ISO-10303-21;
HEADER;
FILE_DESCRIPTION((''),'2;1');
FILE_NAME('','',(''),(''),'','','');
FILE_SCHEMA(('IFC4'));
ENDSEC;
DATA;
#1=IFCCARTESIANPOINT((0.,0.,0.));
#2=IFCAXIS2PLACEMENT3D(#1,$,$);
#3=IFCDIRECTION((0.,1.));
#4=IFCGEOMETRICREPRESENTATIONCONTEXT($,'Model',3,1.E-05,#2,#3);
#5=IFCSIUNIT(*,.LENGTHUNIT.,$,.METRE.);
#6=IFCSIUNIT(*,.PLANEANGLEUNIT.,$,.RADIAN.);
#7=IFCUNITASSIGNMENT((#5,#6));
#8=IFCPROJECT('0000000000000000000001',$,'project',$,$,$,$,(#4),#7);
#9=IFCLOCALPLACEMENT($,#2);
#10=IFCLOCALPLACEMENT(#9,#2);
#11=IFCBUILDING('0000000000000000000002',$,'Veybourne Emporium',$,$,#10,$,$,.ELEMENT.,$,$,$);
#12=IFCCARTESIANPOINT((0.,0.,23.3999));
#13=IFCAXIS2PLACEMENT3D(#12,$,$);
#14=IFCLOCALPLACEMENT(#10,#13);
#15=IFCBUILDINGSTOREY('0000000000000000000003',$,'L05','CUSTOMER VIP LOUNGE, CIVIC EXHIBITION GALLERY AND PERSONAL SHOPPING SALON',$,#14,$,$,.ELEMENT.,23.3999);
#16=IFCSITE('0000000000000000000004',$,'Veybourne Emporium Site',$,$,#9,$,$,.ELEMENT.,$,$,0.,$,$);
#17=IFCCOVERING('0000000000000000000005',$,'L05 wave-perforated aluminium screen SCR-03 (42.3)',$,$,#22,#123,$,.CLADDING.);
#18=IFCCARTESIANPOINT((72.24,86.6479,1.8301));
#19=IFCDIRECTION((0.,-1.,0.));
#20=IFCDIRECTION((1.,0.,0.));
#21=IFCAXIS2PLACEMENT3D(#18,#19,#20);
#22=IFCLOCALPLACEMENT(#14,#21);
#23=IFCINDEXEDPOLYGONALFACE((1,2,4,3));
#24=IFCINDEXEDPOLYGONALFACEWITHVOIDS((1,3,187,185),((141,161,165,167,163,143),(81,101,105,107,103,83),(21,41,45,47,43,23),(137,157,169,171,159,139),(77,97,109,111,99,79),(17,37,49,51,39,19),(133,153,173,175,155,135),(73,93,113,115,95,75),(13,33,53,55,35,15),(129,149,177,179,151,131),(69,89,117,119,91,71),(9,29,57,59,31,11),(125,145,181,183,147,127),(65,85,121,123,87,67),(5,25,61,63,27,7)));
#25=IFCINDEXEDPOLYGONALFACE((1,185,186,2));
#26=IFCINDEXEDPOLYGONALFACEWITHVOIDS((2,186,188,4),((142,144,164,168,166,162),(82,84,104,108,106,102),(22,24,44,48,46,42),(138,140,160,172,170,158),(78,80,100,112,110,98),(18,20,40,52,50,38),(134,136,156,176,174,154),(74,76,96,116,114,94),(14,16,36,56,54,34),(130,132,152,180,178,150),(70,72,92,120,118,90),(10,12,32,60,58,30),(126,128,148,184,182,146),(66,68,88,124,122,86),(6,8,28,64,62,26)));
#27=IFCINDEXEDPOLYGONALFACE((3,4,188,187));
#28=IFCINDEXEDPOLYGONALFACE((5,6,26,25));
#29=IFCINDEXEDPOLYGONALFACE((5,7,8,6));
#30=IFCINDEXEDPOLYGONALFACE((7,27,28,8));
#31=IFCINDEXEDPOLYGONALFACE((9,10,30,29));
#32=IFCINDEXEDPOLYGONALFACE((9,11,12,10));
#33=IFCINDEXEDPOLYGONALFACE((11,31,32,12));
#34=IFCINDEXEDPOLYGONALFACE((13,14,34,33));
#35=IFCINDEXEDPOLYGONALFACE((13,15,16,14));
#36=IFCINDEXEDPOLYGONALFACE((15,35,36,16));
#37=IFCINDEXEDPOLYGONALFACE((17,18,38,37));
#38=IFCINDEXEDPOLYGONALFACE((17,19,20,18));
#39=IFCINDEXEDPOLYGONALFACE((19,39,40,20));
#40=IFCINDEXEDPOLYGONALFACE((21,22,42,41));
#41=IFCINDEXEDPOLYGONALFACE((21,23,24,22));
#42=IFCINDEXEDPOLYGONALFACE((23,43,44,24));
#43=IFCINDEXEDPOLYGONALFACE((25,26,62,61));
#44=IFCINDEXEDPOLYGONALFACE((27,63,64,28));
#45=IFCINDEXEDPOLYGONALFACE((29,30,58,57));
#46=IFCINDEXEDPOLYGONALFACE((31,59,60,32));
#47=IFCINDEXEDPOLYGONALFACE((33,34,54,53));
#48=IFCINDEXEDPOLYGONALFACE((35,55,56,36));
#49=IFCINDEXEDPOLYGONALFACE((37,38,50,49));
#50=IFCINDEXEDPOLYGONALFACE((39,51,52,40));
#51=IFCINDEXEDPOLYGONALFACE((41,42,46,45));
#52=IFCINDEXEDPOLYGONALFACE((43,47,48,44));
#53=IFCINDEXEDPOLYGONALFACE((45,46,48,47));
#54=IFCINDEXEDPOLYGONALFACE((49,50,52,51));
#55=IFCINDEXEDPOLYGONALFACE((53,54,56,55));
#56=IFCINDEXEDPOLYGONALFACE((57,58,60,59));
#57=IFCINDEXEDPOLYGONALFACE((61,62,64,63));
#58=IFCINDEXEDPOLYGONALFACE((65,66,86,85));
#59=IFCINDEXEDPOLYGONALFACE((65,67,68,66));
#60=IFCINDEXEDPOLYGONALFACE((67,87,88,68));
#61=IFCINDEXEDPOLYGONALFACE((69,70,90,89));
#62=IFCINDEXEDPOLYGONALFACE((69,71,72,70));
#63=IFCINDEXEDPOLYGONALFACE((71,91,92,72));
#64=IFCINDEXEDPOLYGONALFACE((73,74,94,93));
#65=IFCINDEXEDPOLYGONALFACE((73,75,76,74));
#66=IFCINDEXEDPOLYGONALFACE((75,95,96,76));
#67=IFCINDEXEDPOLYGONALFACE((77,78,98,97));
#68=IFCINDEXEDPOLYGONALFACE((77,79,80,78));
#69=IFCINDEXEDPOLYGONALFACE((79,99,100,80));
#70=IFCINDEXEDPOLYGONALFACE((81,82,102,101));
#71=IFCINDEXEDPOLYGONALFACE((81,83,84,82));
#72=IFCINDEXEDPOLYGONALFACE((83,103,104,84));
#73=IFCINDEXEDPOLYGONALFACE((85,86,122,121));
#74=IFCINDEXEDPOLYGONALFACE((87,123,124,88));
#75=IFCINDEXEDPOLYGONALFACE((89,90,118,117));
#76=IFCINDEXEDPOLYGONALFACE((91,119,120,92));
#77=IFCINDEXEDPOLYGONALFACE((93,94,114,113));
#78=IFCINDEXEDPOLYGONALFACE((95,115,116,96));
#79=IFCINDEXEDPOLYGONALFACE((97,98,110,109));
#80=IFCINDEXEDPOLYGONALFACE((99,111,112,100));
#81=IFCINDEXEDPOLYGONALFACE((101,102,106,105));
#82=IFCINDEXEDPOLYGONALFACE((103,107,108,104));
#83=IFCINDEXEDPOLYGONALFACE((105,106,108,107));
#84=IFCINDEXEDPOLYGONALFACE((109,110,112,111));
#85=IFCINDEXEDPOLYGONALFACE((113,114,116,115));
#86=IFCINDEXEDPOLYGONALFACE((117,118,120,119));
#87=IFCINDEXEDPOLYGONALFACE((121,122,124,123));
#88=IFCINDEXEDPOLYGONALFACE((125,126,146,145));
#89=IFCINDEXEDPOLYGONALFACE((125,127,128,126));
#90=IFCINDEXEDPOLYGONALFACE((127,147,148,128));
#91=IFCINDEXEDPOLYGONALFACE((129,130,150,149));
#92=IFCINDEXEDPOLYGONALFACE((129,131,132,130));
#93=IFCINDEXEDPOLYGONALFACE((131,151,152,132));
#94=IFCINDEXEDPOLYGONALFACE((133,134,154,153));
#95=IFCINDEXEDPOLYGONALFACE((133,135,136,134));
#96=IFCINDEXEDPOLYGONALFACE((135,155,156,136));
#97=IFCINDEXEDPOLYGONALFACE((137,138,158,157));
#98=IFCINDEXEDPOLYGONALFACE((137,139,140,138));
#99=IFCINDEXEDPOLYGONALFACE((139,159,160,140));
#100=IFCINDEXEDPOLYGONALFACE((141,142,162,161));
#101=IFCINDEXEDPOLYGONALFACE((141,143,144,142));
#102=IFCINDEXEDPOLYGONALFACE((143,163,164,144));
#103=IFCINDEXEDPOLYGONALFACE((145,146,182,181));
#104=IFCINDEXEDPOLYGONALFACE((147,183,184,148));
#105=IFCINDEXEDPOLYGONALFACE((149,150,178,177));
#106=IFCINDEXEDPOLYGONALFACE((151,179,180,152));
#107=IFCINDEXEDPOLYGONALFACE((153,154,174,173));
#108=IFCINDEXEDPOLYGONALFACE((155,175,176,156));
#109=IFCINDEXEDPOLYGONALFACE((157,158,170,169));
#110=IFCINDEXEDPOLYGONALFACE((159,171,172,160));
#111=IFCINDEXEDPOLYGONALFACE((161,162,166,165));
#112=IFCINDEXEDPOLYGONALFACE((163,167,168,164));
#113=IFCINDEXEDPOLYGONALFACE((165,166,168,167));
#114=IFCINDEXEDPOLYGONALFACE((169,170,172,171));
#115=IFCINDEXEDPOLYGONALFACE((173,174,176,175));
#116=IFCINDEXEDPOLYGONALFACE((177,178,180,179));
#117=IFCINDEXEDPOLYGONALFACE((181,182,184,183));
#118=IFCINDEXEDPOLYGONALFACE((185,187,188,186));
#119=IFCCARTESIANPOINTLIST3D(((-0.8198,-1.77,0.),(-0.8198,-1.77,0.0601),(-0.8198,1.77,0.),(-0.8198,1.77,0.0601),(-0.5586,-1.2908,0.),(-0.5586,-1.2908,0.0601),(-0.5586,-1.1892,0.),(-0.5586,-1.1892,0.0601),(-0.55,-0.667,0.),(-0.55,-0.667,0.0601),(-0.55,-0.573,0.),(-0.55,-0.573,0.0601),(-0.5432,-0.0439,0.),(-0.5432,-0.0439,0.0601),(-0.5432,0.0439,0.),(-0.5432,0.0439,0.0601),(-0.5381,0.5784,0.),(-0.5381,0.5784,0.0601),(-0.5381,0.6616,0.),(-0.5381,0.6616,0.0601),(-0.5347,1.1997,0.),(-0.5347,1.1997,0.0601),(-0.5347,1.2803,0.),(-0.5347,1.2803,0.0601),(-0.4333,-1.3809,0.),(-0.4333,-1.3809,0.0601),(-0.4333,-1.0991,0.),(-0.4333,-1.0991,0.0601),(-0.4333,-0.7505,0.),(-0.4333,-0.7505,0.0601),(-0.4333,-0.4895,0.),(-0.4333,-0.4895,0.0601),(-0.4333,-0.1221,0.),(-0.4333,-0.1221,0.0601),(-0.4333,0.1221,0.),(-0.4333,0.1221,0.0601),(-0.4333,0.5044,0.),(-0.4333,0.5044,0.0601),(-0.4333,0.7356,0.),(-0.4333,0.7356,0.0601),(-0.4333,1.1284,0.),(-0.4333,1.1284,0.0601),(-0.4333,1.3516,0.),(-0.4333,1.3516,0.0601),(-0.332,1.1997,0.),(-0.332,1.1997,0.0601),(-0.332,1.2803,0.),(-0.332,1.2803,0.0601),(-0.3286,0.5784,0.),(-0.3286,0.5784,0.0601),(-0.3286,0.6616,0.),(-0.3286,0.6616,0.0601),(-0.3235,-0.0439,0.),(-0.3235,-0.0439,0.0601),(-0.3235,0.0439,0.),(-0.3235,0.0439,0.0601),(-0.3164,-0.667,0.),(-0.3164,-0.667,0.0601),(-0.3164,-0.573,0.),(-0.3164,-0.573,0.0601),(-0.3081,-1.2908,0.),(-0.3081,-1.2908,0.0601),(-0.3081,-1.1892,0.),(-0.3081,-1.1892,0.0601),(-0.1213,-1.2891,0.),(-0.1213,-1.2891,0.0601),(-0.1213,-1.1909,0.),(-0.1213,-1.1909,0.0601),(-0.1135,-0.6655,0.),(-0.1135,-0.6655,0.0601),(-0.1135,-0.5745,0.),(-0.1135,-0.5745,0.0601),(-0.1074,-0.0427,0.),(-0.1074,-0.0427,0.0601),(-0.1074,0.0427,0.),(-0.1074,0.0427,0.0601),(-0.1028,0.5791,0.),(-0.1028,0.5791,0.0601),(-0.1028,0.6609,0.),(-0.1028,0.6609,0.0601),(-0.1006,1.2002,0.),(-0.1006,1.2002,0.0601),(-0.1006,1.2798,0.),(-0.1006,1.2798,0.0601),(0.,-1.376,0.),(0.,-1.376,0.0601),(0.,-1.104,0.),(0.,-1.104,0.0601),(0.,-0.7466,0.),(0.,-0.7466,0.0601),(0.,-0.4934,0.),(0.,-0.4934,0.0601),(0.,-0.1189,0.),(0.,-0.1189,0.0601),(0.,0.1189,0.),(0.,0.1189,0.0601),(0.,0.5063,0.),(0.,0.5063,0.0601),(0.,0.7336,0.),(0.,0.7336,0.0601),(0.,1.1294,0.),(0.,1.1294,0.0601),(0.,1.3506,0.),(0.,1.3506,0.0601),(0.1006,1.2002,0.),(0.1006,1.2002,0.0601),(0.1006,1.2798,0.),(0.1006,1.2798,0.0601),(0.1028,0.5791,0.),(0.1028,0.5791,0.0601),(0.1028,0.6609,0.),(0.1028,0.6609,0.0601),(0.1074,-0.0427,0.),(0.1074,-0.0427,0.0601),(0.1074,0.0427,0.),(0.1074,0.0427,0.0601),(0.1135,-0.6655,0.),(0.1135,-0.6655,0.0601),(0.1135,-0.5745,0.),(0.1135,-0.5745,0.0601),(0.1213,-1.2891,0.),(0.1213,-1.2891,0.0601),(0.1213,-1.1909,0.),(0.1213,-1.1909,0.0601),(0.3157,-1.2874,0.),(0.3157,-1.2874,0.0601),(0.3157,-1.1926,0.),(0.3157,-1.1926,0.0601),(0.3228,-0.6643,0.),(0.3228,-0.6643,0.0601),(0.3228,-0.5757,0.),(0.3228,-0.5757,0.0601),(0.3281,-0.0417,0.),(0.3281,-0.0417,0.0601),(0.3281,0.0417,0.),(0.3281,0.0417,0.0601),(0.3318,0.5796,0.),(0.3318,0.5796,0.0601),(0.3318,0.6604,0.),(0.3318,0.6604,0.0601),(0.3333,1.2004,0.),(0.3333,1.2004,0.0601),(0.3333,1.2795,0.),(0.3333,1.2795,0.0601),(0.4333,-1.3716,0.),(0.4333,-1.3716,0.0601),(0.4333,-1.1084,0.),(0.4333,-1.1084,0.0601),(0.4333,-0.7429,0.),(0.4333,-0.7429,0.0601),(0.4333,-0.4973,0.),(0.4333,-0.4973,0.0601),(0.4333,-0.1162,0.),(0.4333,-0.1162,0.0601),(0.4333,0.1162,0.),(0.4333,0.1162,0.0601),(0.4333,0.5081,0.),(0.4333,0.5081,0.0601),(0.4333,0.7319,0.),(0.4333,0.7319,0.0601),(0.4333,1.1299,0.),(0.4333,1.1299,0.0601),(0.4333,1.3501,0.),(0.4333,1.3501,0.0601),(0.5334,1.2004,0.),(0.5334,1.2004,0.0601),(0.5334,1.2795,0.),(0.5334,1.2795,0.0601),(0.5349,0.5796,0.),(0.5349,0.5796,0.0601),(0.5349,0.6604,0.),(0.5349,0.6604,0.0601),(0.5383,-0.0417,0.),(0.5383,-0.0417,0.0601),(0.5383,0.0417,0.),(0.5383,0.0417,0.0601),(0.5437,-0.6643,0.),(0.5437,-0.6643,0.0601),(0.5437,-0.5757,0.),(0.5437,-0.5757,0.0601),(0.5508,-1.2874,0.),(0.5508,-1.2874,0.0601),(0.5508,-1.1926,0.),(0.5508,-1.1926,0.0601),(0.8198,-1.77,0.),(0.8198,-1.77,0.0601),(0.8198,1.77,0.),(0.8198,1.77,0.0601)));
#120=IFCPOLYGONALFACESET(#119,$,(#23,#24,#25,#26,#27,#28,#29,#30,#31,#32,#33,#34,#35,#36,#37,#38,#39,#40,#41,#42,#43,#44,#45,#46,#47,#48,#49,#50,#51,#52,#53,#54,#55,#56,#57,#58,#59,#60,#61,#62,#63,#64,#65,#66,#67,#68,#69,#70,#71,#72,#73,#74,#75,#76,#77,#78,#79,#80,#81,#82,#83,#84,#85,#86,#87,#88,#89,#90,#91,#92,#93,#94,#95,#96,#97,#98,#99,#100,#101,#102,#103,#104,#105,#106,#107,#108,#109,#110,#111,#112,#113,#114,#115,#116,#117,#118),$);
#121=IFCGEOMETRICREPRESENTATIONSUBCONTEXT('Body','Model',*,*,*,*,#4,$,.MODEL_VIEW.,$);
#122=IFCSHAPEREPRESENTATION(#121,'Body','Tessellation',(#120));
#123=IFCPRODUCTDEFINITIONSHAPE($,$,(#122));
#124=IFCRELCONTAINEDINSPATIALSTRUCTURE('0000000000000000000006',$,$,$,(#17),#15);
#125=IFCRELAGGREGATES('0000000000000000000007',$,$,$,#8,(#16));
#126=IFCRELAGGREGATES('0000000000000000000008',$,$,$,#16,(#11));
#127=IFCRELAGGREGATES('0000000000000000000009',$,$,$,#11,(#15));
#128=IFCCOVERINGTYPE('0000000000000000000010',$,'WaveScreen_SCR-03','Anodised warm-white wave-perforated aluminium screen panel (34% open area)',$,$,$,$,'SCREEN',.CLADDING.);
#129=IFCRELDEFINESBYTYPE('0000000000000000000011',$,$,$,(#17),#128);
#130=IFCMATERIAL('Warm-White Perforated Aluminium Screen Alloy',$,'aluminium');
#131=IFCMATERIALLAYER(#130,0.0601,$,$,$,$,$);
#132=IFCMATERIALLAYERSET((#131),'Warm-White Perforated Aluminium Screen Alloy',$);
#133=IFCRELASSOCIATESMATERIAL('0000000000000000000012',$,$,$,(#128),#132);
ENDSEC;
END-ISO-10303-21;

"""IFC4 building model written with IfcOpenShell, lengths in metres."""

from ifc_helpers import new_model, si_unit, direction, frame, origin, place, context, subcontext, project, spatial, polyline, outline, extrude, material, layer, layer_set, type_object, element, save


model = new_model("IFC4")

# Units and contexts
model_context = context("Model", 3, precision=1e-05, world=origin(), true_north=direction((0.0, 1.0)))
body_context = subcontext(model_context, "Body", "Model", "MODEL_VIEW")
ifc_project = project(units=[si_unit("LENGTHUNIT", "METRE"), si_unit("PLANEANGLEUNIT", "RADIAN")], contexts=[model_context])

# Site, building, storey
site_placement = place(None, origin())
site = spatial("IfcSite", under=ifc_project, at=site_placement, Name="Veybourne Emporium Site", CompositionType="ELEMENT", RefElevation=0.0)
building_placement = place(site_placement, origin())
building = spatial("IfcBuilding", under=site, at=building_placement, Name="Veybourne Emporium", CompositionType="ELEMENT")
storey_placement = place(building_placement, frame((0.0, 0.0, 23.3999)))
storey = spatial("IfcBuildingStorey", under=building, at=storey_placement, Name="L05", Description="CUSTOMER VIP LOUNGE, CIVIC EXHIBITION GALLERY AND PERSONAL SHOPPING SALON", CompositionType="ELEMENT", Elevation=23.3999)

# Covering
ifc_material_1 = material(Name="Warm-White Perforated Aluminium Screen Alloy", Category="aluminium")
ifc_layer_1 = layer(ifc_material_1, 0.0601)
ifc_layer_set_1 = layer_set([ifc_layer_1], Name="Warm-White Perforated Aluminium Screen Alloy")
covering_type_1 = type_object("IfcCoveringType", Name="WaveScreen_SCR-03", Description="Anodised warm-white wave-perforated aluminium screen panel (34% open area)", ElementType="SCREEN", PredefinedType="CLADDING", material=ifc_layer_set_1)
covering_1_placement = place(storey_placement, frame((72.24, 86.6479, 1.8301), z_axis=(0.0, -1.0, 0.0), x_axis=(1.0, 0.0, 0.0)))
element("IfcCovering", 1, at=covering_1_placement, inside=storey, type_object=covering_type_1, Name="L05 wave-perforated aluminium screen SCR-03 (42.3)", PredefinedType="CLADDING", context=body_context, shape_type="SweptSolid", body=[
    extrude(outline(polyline([(-0.8198, -1.77), (0.8198, -1.77), (0.8198, 1.77), (-0.8198, 1.77), (-0.8198, -1.77)]), holes=[polyline([(-0.4333, -1.0991), (-0.3081, -1.1892), (-0.3081, -1.2908), (-0.4333, -1.3809), (-0.5586, -1.2908), (-0.5586, -1.1892), (-0.4333, -1.0991)]), polyline([(-0.4333, -0.4895), (-0.3164, -0.573), (-0.3164, -0.667), (-0.4333, -0.7505), (-0.55, -0.667), (-0.55, -0.573), (-0.4333, -0.4895)]), polyline([(-0.4333, 0.1221), (-0.3235, 0.0439), (-0.3235, -0.0439), (-0.4333, -0.1221), (-0.5432, -0.0439), (-0.5432, 0.0439), (-0.4333, 0.1221)]), polyline([(-0.4333, 0.7356), (-0.3286, 0.6616), (-0.3286, 0.5784), (-0.4333, 0.5044), (-0.5381, 0.5784), (-0.5381, 0.6616), (-0.4333, 0.7356)]), polyline([(-0.4333, 1.3516), (-0.332, 1.2803), (-0.332, 1.1997), (-0.4333, 1.1284), (-0.5347, 1.1997), (-0.5347, 1.2803), (-0.4333, 1.3516)]), polyline([(0.0, -1.104), (0.1213, -1.1909), (0.1213, -1.2891), (0.0, -1.376), (-0.1213, -1.2891), (-0.1213, -1.1909), (0.0, -1.104)]), polyline([(0.0, -0.4934), (0.1135, -0.5745), (0.1135, -0.6655), (0.0, -0.7466), (-0.1135, -0.6655), (-0.1135, -0.5745), (0.0, -0.4934)]), polyline([(0.0, 0.1189), (0.1074, 0.0427), (0.1074, -0.0427), (0.0, -0.1189), (-0.1074, -0.0427), (-0.1074, 0.0427), (0.0, 0.1189)]), polyline([(0.0, 0.7336), (0.1028, 0.6609), (0.1028, 0.5791), (0.0, 0.5063), (-0.1028, 0.5791), (-0.1028, 0.6609), (0.0, 0.7336)]), polyline([(0.0, 1.3506), (0.1006, 1.2798), (0.1006, 1.2002), (0.0, 1.1294), (-0.1006, 1.2002), (-0.1006, 1.2798), (0.0, 1.3506)]), polyline([(0.4333, -1.1084), (0.5508, -1.1926), (0.5508, -1.2874), (0.4333, -1.3716), (0.3157, -1.2874), (0.3157, -1.1926), (0.4333, -1.1084)]), polyline([(0.4333, -0.4973), (0.5437, -0.5757), (0.5437, -0.6643), (0.4333, -0.7429), (0.3228, -0.6643), (0.3228, -0.5757), (0.4333, -0.4973)]), polyline([(0.4333, 0.1162), (0.5383, 0.0417), (0.5383, -0.0417), (0.4333, -0.1162), (0.3281, -0.0417), (0.3281, 0.0417), (0.4333, 0.1162)]), polyline([(0.4333, 0.7319), (0.5349, 0.6604), (0.5349, 0.5796), (0.4333, 0.5081), (0.3318, 0.5796), (0.3318, 0.6604), (0.4333, 0.7319)]), polyline([(0.4333, 1.3501), (0.5334, 1.2795), (0.5334, 1.2004), (0.4333, 1.1299), (0.3333, 1.2004), (0.3333, 1.2795), (0.4333, 1.3501)])]), origin(), (0.0, 0.0, 1.0), 0.0601),
])

save(model, "model.ifc")
